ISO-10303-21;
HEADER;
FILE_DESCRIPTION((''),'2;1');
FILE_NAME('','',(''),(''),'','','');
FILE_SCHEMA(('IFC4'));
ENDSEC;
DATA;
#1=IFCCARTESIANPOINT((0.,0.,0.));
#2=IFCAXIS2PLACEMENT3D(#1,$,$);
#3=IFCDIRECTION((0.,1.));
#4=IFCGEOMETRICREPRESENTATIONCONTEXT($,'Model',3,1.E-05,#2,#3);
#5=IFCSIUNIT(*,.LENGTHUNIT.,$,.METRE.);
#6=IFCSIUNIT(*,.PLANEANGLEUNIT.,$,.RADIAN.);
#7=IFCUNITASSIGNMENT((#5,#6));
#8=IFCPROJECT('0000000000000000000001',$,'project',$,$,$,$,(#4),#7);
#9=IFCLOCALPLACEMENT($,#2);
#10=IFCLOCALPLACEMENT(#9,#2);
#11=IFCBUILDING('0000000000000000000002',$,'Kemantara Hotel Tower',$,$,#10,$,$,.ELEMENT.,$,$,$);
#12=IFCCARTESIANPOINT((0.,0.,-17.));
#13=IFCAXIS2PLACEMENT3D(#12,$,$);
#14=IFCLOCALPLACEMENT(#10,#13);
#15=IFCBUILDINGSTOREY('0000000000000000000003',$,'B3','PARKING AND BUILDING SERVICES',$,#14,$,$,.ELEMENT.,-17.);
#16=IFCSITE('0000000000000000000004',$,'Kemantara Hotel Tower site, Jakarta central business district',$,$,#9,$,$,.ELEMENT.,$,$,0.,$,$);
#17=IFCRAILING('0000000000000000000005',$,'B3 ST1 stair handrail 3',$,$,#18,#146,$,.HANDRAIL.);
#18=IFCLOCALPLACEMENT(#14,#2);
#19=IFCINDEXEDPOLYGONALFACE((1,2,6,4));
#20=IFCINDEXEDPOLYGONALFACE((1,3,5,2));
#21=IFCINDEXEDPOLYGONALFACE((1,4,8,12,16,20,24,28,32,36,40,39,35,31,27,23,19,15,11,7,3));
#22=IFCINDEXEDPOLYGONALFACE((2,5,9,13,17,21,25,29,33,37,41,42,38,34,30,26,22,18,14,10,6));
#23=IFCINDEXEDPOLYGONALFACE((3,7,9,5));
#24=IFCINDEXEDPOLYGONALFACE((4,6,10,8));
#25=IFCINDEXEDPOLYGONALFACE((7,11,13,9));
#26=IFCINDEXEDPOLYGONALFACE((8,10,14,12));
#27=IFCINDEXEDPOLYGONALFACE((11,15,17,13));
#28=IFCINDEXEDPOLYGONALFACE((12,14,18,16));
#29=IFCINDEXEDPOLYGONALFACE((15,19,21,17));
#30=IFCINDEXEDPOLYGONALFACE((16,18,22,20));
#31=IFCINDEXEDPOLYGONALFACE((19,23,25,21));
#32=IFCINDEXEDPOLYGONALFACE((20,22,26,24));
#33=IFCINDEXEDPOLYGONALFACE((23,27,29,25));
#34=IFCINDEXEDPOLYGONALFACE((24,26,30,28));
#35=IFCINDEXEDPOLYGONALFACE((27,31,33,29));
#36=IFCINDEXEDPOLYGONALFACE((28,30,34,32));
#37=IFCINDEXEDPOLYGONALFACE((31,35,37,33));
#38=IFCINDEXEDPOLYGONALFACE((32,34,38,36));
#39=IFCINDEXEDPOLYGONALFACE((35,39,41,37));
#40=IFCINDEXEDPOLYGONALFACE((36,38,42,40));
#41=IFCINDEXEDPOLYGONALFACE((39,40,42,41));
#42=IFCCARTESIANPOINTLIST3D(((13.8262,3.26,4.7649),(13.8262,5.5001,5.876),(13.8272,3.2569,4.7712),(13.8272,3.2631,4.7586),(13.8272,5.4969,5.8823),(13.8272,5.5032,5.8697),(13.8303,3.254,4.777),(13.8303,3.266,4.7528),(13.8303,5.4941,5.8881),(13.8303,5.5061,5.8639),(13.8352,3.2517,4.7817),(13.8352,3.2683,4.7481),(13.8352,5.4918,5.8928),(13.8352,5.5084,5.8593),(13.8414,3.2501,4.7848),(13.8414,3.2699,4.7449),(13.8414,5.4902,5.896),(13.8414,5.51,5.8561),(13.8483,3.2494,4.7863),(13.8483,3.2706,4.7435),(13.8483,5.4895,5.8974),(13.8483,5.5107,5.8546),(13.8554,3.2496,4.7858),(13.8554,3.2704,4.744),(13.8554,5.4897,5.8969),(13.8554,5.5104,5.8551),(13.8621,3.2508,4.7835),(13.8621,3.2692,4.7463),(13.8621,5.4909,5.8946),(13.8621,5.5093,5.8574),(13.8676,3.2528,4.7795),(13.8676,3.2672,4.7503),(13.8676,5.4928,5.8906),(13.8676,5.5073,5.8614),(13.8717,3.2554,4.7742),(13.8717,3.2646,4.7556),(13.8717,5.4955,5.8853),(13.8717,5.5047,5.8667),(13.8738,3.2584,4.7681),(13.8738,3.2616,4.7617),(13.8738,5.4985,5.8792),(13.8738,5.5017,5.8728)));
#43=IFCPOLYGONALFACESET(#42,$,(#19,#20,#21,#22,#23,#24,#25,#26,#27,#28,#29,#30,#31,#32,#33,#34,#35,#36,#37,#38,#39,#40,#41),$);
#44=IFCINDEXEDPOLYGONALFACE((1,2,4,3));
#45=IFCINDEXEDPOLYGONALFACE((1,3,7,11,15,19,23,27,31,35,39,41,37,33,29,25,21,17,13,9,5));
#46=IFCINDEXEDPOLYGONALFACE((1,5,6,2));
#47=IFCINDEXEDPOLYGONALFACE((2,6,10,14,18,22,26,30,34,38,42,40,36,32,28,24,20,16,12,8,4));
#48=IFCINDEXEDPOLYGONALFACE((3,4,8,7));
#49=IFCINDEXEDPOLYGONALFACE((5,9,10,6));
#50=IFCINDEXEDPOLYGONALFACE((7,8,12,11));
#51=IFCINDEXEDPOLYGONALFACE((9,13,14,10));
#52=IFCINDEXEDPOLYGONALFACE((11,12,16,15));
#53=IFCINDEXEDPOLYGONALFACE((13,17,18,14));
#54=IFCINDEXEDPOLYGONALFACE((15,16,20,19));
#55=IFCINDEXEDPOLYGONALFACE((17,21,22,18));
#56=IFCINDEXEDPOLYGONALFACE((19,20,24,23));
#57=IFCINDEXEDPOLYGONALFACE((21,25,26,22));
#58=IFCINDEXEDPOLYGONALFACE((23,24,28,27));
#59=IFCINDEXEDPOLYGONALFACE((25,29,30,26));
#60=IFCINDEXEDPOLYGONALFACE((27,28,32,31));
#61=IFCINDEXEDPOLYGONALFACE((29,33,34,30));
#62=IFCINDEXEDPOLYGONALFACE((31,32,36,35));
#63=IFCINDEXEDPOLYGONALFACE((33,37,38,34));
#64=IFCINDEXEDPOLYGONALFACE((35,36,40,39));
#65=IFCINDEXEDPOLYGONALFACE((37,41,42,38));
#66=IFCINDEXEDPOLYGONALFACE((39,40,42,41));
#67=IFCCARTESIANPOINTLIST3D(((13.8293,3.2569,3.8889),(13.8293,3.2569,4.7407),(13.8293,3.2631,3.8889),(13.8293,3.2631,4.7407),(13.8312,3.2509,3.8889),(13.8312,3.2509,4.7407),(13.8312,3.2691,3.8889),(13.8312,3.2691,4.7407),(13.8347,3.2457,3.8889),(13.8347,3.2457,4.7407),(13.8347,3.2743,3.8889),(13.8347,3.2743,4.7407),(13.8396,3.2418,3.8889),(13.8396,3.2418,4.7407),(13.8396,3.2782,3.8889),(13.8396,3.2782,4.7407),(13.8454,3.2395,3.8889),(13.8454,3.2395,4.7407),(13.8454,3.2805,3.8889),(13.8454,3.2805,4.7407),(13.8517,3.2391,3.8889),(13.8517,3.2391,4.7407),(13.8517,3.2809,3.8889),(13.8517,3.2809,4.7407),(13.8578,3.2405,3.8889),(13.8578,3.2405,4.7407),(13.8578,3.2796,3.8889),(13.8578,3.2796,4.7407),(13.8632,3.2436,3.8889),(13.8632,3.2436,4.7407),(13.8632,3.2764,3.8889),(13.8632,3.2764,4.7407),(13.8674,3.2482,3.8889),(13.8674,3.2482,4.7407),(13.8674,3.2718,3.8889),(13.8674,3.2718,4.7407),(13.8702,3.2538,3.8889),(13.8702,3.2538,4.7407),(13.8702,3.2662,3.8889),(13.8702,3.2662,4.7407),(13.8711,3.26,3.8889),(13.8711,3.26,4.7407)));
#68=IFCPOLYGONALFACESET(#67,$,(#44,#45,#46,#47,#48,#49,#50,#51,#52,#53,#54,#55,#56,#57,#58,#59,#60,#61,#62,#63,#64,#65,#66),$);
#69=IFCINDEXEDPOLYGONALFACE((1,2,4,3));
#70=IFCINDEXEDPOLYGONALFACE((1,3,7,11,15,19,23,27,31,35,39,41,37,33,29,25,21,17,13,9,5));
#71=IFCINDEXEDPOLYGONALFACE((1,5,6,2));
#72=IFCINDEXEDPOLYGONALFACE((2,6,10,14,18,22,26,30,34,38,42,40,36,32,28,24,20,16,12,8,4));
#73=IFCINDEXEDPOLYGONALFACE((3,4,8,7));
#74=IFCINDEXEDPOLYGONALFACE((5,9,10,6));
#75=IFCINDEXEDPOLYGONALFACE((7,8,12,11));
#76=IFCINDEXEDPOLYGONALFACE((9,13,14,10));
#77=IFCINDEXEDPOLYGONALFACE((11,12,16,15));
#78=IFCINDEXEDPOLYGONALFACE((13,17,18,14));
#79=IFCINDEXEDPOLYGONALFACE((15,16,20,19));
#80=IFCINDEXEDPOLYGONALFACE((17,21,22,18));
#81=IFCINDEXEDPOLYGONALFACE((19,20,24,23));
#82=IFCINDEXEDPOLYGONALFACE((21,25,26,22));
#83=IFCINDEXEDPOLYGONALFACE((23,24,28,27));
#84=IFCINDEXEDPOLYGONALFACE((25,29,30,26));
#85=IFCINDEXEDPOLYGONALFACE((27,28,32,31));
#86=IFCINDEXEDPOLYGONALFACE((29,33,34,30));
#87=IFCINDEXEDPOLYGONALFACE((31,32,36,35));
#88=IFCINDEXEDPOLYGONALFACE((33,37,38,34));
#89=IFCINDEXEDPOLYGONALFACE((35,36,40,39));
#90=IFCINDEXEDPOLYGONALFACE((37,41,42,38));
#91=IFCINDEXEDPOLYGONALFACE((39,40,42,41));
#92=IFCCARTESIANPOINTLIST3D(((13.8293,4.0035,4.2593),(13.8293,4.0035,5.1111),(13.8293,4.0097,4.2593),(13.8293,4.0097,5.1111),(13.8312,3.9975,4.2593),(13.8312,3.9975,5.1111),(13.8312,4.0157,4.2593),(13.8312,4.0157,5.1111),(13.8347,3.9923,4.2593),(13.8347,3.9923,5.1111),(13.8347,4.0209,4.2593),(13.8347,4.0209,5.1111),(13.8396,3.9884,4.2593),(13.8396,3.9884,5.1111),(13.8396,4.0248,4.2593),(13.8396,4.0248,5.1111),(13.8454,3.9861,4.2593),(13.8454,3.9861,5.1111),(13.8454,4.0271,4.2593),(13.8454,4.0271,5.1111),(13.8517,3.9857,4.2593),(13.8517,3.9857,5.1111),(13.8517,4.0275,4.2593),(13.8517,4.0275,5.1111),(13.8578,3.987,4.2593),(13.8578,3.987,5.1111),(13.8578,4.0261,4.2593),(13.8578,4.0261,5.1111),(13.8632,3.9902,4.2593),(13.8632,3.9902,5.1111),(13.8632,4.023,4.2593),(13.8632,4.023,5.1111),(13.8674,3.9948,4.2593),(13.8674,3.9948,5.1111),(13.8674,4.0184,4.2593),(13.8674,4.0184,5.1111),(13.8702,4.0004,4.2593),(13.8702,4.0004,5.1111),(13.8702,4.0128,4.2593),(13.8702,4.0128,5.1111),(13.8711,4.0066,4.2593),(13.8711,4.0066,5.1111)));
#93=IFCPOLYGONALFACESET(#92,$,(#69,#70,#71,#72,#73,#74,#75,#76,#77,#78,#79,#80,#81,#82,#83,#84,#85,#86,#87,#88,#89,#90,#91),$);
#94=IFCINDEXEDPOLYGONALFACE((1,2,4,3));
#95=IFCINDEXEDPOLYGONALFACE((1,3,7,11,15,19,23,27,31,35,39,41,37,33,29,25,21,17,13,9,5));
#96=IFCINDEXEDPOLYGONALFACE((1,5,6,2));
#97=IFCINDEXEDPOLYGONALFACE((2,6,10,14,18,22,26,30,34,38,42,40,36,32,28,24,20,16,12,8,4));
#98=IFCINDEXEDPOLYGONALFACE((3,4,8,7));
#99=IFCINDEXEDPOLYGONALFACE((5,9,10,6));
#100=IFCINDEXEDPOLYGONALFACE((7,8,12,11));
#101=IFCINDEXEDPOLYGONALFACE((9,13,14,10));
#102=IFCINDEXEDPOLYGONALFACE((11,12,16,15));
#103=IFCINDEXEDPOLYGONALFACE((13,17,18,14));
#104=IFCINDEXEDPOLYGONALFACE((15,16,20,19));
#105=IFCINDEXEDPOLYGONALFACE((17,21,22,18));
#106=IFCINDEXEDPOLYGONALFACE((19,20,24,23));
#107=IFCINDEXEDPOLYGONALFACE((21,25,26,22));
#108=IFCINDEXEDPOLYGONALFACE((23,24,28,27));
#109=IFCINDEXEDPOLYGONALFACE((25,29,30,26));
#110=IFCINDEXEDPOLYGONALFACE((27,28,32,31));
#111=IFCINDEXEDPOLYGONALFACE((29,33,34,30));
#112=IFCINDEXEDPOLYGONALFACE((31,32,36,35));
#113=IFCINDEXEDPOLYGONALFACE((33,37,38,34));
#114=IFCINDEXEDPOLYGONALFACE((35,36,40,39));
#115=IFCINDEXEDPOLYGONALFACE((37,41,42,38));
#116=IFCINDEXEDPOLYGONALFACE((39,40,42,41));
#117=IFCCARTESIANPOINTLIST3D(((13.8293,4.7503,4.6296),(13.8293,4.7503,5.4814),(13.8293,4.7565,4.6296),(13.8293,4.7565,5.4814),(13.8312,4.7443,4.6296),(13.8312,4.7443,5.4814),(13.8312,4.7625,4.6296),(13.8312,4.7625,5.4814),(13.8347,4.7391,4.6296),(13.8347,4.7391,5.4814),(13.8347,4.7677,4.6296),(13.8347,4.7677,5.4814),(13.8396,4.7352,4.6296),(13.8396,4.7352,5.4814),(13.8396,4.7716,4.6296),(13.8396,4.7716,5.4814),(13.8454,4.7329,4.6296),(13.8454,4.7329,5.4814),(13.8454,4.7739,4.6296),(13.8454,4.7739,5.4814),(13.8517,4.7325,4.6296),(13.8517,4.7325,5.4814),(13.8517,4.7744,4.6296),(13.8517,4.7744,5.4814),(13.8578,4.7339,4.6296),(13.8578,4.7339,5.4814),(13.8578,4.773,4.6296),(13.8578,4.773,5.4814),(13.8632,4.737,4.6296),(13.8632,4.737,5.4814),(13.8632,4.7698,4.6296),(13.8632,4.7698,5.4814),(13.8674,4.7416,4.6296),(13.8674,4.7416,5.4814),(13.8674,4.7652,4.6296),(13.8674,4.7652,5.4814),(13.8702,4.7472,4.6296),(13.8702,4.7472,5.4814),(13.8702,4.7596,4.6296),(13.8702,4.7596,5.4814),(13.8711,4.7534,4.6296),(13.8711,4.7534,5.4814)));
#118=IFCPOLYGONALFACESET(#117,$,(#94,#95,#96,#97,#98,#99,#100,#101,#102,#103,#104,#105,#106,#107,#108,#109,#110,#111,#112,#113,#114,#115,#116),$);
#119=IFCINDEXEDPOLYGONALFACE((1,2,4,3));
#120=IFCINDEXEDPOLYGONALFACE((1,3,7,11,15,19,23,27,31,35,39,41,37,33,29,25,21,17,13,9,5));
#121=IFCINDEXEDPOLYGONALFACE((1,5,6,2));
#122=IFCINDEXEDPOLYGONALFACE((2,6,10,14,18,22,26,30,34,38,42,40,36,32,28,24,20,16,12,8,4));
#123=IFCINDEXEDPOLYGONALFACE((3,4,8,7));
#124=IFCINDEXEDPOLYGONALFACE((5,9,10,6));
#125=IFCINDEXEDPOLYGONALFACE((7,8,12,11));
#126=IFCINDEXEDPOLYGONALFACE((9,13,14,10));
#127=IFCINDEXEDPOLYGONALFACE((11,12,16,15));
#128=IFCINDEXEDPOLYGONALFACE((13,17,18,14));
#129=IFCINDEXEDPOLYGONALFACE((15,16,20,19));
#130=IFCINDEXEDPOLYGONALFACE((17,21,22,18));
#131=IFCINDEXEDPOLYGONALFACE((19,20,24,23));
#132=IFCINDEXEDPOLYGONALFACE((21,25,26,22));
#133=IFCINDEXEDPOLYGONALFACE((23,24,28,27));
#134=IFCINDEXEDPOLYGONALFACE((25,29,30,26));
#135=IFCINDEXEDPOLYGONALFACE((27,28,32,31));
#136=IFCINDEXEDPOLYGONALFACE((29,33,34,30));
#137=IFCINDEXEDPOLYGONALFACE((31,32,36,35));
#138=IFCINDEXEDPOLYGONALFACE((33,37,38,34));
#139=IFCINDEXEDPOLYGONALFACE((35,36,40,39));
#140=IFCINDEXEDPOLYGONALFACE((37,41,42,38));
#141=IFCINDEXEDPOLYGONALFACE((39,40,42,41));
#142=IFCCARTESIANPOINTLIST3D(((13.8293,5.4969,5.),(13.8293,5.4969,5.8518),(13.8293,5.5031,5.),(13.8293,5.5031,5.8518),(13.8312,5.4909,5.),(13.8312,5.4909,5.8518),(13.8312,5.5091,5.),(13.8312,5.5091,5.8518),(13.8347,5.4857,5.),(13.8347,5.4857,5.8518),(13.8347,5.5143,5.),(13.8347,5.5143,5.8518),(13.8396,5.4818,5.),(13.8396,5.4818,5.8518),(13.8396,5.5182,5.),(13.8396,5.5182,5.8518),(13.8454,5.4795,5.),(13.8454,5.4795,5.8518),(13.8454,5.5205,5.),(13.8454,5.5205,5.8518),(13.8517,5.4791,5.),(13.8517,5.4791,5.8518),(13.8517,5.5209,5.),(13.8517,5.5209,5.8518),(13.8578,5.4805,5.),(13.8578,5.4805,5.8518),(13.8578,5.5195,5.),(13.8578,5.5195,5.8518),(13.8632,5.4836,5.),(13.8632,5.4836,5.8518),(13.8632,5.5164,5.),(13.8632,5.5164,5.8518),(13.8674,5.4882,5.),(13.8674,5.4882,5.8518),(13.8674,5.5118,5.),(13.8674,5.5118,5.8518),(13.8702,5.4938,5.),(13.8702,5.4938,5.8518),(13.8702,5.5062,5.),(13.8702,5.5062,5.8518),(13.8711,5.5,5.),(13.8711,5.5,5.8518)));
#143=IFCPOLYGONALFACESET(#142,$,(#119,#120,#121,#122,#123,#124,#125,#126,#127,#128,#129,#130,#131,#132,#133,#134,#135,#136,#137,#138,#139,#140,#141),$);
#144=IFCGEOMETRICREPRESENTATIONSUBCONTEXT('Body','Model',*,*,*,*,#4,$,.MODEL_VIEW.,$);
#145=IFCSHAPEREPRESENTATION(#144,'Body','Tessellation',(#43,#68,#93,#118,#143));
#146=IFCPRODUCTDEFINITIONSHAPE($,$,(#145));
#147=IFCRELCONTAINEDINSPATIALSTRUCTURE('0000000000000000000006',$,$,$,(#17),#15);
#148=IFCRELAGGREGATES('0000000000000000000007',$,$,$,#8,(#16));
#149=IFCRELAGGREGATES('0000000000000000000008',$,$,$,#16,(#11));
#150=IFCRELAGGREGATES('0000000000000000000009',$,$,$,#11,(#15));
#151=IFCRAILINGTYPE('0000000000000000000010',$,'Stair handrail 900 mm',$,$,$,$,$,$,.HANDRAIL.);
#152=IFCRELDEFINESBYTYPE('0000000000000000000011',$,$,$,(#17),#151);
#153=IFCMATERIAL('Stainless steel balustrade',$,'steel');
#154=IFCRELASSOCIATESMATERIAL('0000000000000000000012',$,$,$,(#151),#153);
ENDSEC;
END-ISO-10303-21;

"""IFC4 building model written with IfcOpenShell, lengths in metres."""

from ifc_helpers import new_model, si_unit, direction, frame, origin, origin_2d, place, context, subcontext, project, spatial, circle, extrude, material, type_object, element, save


model = new_model("IFC4")

# Units and contexts
model_context = context("Model", 3, precision=1e-05, world=origin(), true_north=direction((0.0, 1.0)))
body_context = subcontext(model_context, "Body", "Model", "MODEL_VIEW")
ifc_project = project(units=[si_unit("LENGTHUNIT", "METRE"), si_unit("PLANEANGLEUNIT", "RADIAN")], contexts=[model_context])

# Site, building, storey
site_placement = place(None, origin())
site = spatial("IfcSite", under=ifc_project, at=site_placement, Name="Kemantara Hotel Tower site, Jakarta central business district", CompositionType="ELEMENT", RefElevation=0.0)
building_placement = place(site_placement, origin())
building = spatial("IfcBuilding", under=site, at=building_placement, Name="Kemantara Hotel Tower", CompositionType="ELEMENT")
storey_placement = place(building_placement, frame((0.0, 0.0, -17.0)))
storey = spatial("IfcBuildingStorey", under=building, at=storey_placement, Name="B3", Description="PARKING AND BUILDING SERVICES", CompositionType="ELEMENT", Elevation=-17.0)

# Railing
ifc_material_1 = material(Name="Stainless steel balustrade", Category="steel")
railing_type_1 = type_object("IfcRailingType", Name="Stair handrail 900 mm", PredefinedType="HANDRAIL", material=ifc_material_1)
railing_1_placement = place(storey_placement, frame((13.8501, 3.26, 3.8889)))
element("IfcRailing", 1, at=railing_1_placement, inside=storey, type_object=railing_type_1, Name="B3 ST1 stair handrail 3", PredefinedType="HANDRAIL", context=body_context, shape_type="SweptSolid", body=[
    extrude(circle(Radius=0.0239, at=origin_2d()), frame((0.0, 0.0, 0.876), z_axis=(0.0, 0.895848, 0.44436), x_axis=(-1.0, 0.0, 0.0)), (0.0, 0.0, 1.0), 2.5005),
    extrude(circle(Radius=0.021, at=origin_2d()), origin(), (0.0, 0.0, 1.0), 0.8518),
    extrude(circle(Radius=0.021, at=origin_2d()), frame((0.0, 0.7466, 0.3704)), (0.0, 0.0, 1.0), 0.8518),
    extrude(circle(Radius=0.021, at=origin_2d()), frame((0.0, 1.4934, 0.7407)), (0.0, 0.0, 1.0), 0.8518),
    extrude(circle(Radius=0.021, at=origin_2d()), frame((0.0, 2.24, 1.1111)), (0.0, 0.0, 1.0), 0.8518),
])

save(model, "model.ifc")
